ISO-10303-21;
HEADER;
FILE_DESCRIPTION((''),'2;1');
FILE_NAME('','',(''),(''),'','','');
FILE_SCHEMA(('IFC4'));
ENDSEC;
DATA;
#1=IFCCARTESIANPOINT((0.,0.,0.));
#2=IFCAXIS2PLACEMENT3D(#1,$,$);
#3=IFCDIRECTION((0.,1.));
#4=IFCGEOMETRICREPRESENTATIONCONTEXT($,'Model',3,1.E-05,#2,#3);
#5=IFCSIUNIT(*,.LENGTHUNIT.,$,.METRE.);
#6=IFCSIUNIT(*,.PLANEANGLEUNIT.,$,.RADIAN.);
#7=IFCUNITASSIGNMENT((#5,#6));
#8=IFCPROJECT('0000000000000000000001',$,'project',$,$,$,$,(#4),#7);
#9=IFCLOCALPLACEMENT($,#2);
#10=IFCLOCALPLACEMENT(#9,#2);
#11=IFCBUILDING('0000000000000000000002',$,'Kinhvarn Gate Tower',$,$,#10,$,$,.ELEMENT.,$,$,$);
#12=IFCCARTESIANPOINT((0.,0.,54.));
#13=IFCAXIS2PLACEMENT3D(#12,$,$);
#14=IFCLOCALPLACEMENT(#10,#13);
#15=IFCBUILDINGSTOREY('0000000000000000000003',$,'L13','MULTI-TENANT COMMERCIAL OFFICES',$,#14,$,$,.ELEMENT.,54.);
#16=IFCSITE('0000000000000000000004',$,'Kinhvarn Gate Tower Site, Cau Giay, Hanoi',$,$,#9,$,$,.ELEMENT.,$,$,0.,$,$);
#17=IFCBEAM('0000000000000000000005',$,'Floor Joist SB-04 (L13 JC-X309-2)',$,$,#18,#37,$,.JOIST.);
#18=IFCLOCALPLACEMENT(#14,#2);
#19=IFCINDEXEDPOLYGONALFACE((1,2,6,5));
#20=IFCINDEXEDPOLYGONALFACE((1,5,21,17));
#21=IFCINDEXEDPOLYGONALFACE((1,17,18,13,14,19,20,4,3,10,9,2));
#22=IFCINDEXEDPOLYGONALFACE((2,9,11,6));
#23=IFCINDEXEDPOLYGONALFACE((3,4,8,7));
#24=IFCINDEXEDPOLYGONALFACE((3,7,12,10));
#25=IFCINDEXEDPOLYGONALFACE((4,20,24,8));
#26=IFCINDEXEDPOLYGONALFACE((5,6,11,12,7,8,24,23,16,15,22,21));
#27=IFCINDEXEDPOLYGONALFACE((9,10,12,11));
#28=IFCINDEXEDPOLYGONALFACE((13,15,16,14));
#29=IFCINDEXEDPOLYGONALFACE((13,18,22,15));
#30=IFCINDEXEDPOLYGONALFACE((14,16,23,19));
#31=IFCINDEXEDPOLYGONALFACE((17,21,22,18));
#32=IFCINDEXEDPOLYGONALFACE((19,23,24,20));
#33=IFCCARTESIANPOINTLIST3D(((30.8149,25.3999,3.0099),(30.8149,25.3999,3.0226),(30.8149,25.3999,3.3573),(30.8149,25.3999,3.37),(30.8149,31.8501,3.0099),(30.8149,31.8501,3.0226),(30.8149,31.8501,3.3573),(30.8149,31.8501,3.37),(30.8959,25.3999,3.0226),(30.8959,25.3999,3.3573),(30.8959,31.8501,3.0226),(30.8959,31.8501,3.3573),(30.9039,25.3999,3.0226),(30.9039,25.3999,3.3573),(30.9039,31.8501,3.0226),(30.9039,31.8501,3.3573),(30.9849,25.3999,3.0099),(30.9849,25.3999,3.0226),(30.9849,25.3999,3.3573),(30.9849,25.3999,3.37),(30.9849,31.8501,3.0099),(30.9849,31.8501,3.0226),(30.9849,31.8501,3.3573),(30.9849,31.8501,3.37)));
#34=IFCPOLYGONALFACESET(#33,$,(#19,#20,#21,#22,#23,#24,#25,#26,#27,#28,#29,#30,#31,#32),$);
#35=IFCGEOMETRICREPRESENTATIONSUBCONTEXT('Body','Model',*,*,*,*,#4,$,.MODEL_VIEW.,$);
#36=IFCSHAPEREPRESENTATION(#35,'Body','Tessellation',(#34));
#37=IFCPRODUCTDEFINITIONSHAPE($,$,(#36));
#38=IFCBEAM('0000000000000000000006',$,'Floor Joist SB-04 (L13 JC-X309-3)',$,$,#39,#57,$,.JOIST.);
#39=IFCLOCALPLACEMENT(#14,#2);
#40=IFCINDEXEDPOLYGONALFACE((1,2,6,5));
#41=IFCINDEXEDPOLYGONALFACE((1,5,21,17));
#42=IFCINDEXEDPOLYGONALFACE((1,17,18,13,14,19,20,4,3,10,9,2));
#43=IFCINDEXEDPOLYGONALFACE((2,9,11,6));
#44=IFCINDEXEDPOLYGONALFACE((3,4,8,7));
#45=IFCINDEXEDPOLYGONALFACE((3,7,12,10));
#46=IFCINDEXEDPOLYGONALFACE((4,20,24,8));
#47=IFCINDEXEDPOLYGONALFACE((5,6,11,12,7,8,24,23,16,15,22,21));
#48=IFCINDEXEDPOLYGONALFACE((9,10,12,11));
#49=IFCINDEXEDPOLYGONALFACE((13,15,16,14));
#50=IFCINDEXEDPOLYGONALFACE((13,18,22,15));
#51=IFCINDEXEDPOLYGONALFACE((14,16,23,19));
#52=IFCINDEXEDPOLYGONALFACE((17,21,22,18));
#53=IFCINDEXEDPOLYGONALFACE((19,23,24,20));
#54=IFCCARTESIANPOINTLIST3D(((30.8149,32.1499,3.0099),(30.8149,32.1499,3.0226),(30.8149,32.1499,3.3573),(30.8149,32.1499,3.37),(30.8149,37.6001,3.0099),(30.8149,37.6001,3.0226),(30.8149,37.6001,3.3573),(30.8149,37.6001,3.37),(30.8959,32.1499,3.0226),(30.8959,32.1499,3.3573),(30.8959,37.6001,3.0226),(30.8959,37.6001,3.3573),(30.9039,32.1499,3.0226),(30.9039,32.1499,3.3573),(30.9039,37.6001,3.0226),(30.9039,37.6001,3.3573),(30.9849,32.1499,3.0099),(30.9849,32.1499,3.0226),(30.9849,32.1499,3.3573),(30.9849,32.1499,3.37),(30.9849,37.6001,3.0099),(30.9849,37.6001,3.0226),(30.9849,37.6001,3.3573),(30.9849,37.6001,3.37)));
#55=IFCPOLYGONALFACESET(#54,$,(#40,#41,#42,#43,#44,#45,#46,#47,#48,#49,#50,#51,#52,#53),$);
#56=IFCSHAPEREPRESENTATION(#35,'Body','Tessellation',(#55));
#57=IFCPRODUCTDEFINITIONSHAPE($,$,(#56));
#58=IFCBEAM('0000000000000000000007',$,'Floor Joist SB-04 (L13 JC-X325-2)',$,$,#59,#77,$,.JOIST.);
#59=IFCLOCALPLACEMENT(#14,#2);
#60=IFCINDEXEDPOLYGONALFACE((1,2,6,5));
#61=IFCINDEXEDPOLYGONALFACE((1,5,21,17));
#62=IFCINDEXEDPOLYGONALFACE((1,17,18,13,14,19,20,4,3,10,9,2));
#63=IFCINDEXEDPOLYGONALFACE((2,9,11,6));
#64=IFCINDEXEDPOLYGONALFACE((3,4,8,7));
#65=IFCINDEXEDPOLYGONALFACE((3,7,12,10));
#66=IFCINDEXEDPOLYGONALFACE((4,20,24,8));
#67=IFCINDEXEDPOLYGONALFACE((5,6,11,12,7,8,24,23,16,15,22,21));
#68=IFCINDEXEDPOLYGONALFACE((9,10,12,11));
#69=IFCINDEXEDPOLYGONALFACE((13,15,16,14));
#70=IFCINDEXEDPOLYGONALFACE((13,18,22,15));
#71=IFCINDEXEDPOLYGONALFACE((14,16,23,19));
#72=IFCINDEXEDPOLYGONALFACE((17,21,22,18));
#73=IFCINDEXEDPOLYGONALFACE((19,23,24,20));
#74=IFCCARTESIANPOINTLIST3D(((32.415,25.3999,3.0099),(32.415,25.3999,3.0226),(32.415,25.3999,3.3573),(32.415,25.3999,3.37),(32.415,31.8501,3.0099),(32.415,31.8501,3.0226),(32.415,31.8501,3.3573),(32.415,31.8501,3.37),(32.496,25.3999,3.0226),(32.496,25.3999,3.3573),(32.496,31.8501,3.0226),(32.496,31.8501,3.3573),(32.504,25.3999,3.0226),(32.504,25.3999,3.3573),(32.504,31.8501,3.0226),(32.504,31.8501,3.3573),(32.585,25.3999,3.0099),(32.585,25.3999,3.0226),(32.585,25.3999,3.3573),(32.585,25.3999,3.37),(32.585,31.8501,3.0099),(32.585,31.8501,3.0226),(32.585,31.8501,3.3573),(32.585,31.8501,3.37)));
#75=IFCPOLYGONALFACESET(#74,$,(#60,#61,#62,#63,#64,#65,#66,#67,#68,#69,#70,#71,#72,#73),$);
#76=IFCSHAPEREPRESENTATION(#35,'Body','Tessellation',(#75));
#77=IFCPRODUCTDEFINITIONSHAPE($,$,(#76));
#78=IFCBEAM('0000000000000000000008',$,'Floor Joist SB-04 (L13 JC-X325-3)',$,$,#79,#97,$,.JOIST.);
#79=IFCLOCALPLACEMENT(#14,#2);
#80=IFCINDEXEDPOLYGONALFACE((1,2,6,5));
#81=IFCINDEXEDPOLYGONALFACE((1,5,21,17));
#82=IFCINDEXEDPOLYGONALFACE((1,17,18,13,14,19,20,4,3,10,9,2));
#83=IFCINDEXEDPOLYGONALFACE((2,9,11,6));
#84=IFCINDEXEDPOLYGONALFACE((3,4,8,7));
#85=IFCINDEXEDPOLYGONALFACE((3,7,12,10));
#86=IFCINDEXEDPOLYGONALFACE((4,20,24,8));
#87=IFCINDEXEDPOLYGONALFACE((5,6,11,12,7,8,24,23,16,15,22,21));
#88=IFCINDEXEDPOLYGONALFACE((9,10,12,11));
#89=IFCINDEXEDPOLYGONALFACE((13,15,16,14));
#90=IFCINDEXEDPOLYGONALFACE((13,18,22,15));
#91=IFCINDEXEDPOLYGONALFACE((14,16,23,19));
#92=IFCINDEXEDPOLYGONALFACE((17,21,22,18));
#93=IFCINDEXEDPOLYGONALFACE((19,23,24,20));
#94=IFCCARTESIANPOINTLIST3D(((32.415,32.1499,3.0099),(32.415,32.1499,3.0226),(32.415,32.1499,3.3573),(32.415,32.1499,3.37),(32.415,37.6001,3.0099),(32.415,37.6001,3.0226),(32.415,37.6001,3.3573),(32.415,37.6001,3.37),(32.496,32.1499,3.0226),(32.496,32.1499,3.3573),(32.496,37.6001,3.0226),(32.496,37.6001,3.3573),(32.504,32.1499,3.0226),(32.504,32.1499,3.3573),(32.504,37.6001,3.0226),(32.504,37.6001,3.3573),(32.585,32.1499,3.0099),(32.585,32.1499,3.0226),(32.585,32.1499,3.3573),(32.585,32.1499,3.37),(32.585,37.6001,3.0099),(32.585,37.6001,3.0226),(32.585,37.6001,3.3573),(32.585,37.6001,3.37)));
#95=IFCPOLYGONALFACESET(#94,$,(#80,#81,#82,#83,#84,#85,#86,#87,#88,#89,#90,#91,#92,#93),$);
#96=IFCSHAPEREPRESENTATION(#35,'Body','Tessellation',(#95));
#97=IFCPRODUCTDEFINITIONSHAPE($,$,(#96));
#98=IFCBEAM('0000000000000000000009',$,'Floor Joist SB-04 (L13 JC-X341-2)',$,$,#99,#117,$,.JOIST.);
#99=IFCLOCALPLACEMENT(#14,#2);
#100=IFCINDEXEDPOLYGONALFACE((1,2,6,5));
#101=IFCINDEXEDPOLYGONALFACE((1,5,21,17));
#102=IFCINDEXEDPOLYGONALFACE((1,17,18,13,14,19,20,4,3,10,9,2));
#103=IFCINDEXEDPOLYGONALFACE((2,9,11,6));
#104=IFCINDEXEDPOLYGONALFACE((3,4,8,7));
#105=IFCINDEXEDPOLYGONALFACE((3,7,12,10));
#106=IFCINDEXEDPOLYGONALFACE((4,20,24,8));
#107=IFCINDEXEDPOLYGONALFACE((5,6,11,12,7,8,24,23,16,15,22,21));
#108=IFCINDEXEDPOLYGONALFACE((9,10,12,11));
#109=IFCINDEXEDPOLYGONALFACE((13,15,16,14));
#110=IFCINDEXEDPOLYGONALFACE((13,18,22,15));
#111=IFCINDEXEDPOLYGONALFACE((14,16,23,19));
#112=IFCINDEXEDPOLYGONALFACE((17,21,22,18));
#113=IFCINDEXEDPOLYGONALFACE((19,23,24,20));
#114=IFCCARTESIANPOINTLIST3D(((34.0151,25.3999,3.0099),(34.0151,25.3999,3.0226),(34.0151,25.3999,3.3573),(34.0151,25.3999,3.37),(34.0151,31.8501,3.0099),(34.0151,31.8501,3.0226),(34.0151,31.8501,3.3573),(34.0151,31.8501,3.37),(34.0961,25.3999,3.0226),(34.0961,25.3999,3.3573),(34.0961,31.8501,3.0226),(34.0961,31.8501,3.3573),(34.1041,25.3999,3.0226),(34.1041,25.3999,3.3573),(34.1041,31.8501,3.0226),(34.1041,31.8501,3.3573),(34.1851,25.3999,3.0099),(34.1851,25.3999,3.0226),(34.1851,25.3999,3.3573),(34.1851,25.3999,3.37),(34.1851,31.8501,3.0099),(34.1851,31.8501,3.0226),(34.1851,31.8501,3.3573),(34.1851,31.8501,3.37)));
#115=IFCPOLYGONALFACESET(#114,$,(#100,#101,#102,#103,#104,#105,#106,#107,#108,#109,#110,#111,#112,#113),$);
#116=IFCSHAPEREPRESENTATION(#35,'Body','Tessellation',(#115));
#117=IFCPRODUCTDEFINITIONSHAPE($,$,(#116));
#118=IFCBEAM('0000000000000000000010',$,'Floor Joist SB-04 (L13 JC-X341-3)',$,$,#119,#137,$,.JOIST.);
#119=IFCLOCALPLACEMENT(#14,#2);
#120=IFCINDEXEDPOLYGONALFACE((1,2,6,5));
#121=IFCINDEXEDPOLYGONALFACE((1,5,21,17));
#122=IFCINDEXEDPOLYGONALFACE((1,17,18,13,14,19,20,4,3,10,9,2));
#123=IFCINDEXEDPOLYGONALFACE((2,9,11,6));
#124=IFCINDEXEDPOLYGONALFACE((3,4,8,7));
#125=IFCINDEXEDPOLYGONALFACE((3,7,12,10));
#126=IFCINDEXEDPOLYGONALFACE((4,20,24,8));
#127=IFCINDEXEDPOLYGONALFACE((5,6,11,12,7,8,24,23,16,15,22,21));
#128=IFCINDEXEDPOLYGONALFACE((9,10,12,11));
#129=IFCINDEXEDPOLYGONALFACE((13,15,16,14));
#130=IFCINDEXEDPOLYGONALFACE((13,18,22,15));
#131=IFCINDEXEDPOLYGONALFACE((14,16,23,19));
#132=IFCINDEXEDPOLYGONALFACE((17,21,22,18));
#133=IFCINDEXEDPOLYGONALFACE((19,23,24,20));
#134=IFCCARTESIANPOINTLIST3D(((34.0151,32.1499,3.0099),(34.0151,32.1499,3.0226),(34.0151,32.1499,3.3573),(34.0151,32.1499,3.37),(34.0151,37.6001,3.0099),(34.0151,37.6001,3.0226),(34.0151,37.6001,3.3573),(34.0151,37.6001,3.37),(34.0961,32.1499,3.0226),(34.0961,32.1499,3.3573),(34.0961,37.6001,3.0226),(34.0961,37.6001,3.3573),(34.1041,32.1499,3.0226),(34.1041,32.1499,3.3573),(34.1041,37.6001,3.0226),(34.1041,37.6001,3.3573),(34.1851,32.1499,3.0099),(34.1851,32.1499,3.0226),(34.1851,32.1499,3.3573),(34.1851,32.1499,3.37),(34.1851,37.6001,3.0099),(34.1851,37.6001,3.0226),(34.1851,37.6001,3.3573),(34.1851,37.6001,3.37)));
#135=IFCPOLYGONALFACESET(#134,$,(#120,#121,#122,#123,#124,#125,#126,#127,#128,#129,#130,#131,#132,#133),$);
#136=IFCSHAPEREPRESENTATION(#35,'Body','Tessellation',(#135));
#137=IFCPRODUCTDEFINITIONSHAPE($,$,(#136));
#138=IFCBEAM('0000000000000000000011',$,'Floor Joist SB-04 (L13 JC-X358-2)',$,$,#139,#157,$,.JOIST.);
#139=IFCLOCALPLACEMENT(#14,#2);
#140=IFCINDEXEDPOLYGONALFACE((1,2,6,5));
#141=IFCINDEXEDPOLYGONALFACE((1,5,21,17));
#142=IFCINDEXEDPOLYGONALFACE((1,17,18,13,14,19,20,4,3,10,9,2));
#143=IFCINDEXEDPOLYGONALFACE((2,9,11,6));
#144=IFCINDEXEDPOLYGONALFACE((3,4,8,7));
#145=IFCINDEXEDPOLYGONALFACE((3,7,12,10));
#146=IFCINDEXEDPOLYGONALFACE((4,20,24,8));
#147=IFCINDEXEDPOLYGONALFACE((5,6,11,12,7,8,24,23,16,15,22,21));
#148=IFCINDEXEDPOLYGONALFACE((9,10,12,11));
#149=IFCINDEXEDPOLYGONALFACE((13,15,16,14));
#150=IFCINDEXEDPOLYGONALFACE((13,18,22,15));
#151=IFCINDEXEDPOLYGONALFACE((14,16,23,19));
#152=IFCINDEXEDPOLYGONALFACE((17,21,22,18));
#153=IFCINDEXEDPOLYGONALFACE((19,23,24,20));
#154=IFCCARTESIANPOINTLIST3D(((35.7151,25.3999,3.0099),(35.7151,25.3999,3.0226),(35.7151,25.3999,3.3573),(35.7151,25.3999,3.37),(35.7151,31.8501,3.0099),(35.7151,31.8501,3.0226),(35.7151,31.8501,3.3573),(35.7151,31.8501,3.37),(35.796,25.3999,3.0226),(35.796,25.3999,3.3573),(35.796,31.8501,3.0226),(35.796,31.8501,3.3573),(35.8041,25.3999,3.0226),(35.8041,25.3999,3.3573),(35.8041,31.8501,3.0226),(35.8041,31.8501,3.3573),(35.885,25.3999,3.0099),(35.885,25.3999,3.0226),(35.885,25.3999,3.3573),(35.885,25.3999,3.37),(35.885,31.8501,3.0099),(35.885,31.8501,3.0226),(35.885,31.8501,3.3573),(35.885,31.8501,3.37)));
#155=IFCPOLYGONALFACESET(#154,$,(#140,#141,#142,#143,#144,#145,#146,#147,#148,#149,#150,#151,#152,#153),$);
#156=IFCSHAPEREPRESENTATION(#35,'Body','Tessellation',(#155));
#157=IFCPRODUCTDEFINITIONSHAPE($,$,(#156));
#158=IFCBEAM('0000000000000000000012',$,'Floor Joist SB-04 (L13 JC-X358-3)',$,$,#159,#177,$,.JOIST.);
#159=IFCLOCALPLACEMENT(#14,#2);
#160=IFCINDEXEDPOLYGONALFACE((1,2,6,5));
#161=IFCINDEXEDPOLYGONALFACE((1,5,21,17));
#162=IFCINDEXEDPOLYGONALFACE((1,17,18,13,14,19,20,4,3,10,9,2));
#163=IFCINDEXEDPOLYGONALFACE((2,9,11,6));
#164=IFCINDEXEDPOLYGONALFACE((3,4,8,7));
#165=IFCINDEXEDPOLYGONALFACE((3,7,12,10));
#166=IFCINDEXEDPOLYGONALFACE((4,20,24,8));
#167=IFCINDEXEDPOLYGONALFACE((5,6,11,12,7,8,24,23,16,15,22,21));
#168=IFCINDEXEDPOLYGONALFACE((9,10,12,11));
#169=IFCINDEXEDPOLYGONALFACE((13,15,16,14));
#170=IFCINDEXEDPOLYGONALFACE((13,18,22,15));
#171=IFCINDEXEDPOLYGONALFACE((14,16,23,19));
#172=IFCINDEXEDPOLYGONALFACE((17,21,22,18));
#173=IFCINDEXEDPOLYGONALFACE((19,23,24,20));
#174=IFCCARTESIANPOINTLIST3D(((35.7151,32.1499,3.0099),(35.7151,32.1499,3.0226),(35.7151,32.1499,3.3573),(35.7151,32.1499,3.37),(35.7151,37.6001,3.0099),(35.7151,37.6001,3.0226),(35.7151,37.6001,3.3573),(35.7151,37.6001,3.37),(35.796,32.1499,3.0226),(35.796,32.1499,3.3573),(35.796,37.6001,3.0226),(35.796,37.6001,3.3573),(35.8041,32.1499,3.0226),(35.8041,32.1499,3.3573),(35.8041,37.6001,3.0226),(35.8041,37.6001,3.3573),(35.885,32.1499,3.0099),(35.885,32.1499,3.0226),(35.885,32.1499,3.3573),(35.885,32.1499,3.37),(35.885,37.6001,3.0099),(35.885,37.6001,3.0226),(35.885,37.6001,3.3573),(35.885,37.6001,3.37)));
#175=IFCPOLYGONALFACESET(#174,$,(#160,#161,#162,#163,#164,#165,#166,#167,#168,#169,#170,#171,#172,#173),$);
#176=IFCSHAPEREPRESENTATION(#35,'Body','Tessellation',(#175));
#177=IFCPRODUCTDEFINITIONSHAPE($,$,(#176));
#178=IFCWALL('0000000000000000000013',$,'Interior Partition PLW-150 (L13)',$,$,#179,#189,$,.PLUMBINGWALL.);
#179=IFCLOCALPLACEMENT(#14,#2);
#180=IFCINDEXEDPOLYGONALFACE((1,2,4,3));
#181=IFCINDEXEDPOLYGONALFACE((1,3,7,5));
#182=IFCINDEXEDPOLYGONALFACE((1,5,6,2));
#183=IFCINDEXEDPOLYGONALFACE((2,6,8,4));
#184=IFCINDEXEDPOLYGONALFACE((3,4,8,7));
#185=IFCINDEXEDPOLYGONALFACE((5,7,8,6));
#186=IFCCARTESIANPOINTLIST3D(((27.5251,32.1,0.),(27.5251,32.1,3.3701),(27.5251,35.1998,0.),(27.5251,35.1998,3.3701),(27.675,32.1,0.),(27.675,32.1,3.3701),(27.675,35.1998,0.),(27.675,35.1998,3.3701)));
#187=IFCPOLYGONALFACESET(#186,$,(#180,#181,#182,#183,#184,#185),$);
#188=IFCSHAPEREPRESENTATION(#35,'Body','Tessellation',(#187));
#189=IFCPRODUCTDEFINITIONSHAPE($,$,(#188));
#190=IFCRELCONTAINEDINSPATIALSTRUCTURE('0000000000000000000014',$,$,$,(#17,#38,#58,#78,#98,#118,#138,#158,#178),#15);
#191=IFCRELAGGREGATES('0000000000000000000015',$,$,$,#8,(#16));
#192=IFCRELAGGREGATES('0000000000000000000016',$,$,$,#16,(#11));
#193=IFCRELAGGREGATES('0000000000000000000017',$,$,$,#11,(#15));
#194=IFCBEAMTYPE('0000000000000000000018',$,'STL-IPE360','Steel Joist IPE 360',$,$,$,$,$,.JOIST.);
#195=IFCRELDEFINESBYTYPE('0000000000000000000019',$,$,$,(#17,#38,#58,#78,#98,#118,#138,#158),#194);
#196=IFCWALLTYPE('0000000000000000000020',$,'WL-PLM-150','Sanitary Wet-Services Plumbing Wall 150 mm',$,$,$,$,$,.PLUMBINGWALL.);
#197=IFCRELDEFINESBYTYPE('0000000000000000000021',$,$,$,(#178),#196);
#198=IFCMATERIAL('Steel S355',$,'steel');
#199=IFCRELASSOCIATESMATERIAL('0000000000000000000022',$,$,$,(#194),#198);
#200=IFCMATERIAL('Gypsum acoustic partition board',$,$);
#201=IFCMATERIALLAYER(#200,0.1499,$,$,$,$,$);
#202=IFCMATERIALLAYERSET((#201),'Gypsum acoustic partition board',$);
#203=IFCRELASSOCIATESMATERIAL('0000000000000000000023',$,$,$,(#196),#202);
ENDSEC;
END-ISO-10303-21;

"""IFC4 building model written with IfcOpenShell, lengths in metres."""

from ifc_helpers import new_model, si_unit, direction, frame, frame_2d, origin, origin_2d, place, context, subcontext, project, spatial, rectangle, i_section, extrude, material, layer, layer_set, material_profile, profile_set, type_object, element, save


model = new_model("IFC4")

# Units and contexts
model_context = context("Model", 3, precision=1e-05, world=origin(), true_north=direction((0.0, 1.0)))
body_context = subcontext(model_context, "Body", "Model", "MODEL_VIEW")
ifc_project = project(units=[si_unit("LENGTHUNIT", "METRE"), si_unit("PLANEANGLEUNIT", "RADIAN")], contexts=[model_context])

# Site, building, storey
site_placement = place(None, origin())
site = spatial("IfcSite", under=ifc_project, at=site_placement, Name="Kinhvarn Gate Tower Site, Cau Giay, Hanoi", CompositionType="ELEMENT", RefElevation=0.0)
building_placement = place(site_placement, origin())
building = spatial("IfcBuilding", under=site, at=building_placement, Name="Kinhvarn Gate Tower", CompositionType="ELEMENT")
storey_placement = place(building_placement, frame((0.0, 0.0, 54.0)))
storey = spatial("IfcBuildingStorey", under=building, at=storey_placement, Name="L13", Description="MULTI-TENANT COMMERCIAL OFFICES", CompositionType="ELEMENT", Elevation=54.0)

# Beams
ifc_material_1 = material(Name="Steel S355", Category="steel")
ifc_material_profile_1 = material_profile(ifc_material_1, i_section(OverallWidth=0.1699, OverallDepth=0.3601, WebThickness=0.0081, FlangeThickness=0.0127, at=origin_2d()), Name="IPE 360")
ifc_profile_set_1 = profile_set([ifc_material_profile_1], Name="Steel S355")
beam_type_1 = type_object("IfcBeamType", Name="STL-IPE360", Description="Steel Joist IPE 360", PredefinedType="JOIST", material=ifc_profile_set_1)
beam_1_placement = place(storey_placement, frame((30.8999, 25.3999, 3.1899), z_axis=(0.0, 1.0, 0.0), x_axis=(-1.0, 0.0, 0.0)))
element("IfcBeam", 1, at=beam_1_placement, inside=storey, type_object=beam_type_1, Name="Floor Joist SB-04 (L13 JC-X309-2)", PredefinedType="JOIST", context=body_context, shape_type="SweptSolid", body=[
    extrude(i_section(OverallWidth=0.1699, OverallDepth=0.3601, WebThickness=0.0081, FlangeThickness=0.0127, at=origin_2d()), origin(), (0.0, 0.0, 1.0), 6.4502),
])
beam_2_placement = place(storey_placement, frame((30.8999, 32.1499, 3.1899), z_axis=(0.0, 1.0, 0.0), x_axis=(-1.0, 0.0, 0.0)))
element("IfcBeam", 2, at=beam_2_placement, inside=storey, type_object=beam_type_1, Name="Floor Joist SB-04 (L13 JC-X309-3)", PredefinedType="JOIST", context=body_context, shape_type="SweptSolid", body=[
    extrude(i_section(OverallWidth=0.1699, OverallDepth=0.3601, WebThickness=0.0081, FlangeThickness=0.0127, at=origin_2d()), origin(), (0.0, 0.0, 1.0), 5.4502),
])
beam_3_placement = place(storey_placement, frame((32.5, 25.3999, 3.1899), z_axis=(0.0, 1.0, 0.0), x_axis=(-1.0, 0.0, 0.0)))
element("IfcBeam", 3, at=beam_3_placement, inside=storey, type_object=beam_type_1, Name="Floor Joist SB-04 (L13 JC-X325-2)", PredefinedType="JOIST", context=body_context, shape_type="SweptSolid", body=[
    extrude(i_section(OverallWidth=0.1699, OverallDepth=0.3601, WebThickness=0.0081, FlangeThickness=0.0127, at=origin_2d()), origin(), (0.0, 0.0, 1.0), 6.4502),
])
beam_4_placement = place(storey_placement, frame((32.5, 32.1499, 3.1899), z_axis=(0.0, 1.0, 0.0), x_axis=(-1.0, 0.0, 0.0)))
element("IfcBeam", 4, at=beam_4_placement, inside=storey, type_object=beam_type_1, Name="Floor Joist SB-04 (L13 JC-X325-3)", PredefinedType="JOIST", context=body_context, shape_type="SweptSolid", body=[
    extrude(i_section(OverallWidth=0.1699, OverallDepth=0.3601, WebThickness=0.0081, FlangeThickness=0.0127, at=origin_2d()), origin(), (0.0, 0.0, 1.0), 5.4502),
])
beam_5_placement = place(storey_placement, frame((34.1001, 25.3999, 3.1899), z_axis=(0.0, 1.0, 0.0), x_axis=(-1.0, 0.0, 0.0)))
element("IfcBeam", 5, at=beam_5_placement, inside=storey, type_object=beam_type_1, Name="Floor Joist SB-04 (L13 JC-X341-2)", PredefinedType="JOIST", context=body_context, shape_type="SweptSolid", body=[
    extrude(i_section(OverallWidth=0.1699, OverallDepth=0.3601, WebThickness=0.0081, FlangeThickness=0.0127, at=origin_2d()), origin(), (0.0, 0.0, 1.0), 6.4502),
])
beam_6_placement = place(storey_placement, frame((34.1001, 32.1499, 3.1899), z_axis=(0.0, 1.0, 0.0), x_axis=(-1.0, 0.0, 0.0)))
element("IfcBeam", 6, at=beam_6_placement, inside=storey, type_object=beam_type_1, Name="Floor Joist SB-04 (L13 JC-X341-3)", PredefinedType="JOIST", context=body_context, shape_type="SweptSolid", body=[
    extrude(i_section(OverallWidth=0.1699, OverallDepth=0.3601, WebThickness=0.0081, FlangeThickness=0.0127, at=origin_2d()), origin(), (0.0, 0.0, 1.0), 5.4502),
])
beam_7_placement = place(storey_placement, frame((35.8, 25.3999, 3.1899), z_axis=(0.0, 1.0, 0.0), x_axis=(-1.0, 0.0, 0.0)))
element("IfcBeam", 7, at=beam_7_placement, inside=storey, type_object=beam_type_1, Name="Floor Joist SB-04 (L13 JC-X358-2)", PredefinedType="JOIST", context=body_context, shape_type="SweptSolid", body=[
    extrude(i_section(OverallWidth=0.1699, OverallDepth=0.3601, WebThickness=0.0081, FlangeThickness=0.0127, at=origin_2d()), origin(), (0.0, 0.0, 1.0), 6.4502),
])
beam_8_placement = place(storey_placement, frame((35.8, 32.1499, 3.1899), z_axis=(0.0, 1.0, 0.0), x_axis=(-1.0, 0.0, 0.0)))
element("IfcBeam", 8, at=beam_8_placement, inside=storey, type_object=beam_type_1, Name="Floor Joist SB-04 (L13 JC-X358-3)", PredefinedType="JOIST", context=body_context, shape_type="SweptSolid", body=[
    extrude(i_section(OverallWidth=0.1699, OverallDepth=0.3601, WebThickness=0.0081, FlangeThickness=0.0127, at=origin_2d()), origin(), (0.0, 0.0, 1.0), 5.4502),
])

# Wall
ifc_material_2 = material(Name="Gypsum acoustic partition board")
ifc_layer_1 = layer(ifc_material_2, 0.1499)
ifc_layer_set_1 = layer_set([ifc_layer_1], Name="Gypsum acoustic partition board")
wall_type_1 = type_object("IfcWallType", Name="WL-PLM-150", Description="Sanitary Wet-Services Plumbing Wall 150 mm", PredefinedType="PLUMBINGWALL", material=ifc_layer_set_1)
for number, where, z_axis, x_axis, name in (
    (9, (27.6001, 32.1001, 0.0), (0.0, 0.0, 1.0), (0.0, 1.0, 0.0), "Interior Partition PLW-150 (L13)"),
):
    element("IfcWall", number, at=place(storey_placement, frame(where, z_axis=z_axis, x_axis=x_axis)), inside=storey, type_object=wall_type_1, Name=name, PredefinedType="PLUMBINGWALL", context=body_context, shape_type="SweptSolid", body=[
        extrude(rectangle(XDim=3.0999, YDim=0.1499, at=frame_2d((1.5498, 0.0))), origin(), (0.0, 0.0, 1.0), 3.3701),
    ])

save(model, "model.ifc")
